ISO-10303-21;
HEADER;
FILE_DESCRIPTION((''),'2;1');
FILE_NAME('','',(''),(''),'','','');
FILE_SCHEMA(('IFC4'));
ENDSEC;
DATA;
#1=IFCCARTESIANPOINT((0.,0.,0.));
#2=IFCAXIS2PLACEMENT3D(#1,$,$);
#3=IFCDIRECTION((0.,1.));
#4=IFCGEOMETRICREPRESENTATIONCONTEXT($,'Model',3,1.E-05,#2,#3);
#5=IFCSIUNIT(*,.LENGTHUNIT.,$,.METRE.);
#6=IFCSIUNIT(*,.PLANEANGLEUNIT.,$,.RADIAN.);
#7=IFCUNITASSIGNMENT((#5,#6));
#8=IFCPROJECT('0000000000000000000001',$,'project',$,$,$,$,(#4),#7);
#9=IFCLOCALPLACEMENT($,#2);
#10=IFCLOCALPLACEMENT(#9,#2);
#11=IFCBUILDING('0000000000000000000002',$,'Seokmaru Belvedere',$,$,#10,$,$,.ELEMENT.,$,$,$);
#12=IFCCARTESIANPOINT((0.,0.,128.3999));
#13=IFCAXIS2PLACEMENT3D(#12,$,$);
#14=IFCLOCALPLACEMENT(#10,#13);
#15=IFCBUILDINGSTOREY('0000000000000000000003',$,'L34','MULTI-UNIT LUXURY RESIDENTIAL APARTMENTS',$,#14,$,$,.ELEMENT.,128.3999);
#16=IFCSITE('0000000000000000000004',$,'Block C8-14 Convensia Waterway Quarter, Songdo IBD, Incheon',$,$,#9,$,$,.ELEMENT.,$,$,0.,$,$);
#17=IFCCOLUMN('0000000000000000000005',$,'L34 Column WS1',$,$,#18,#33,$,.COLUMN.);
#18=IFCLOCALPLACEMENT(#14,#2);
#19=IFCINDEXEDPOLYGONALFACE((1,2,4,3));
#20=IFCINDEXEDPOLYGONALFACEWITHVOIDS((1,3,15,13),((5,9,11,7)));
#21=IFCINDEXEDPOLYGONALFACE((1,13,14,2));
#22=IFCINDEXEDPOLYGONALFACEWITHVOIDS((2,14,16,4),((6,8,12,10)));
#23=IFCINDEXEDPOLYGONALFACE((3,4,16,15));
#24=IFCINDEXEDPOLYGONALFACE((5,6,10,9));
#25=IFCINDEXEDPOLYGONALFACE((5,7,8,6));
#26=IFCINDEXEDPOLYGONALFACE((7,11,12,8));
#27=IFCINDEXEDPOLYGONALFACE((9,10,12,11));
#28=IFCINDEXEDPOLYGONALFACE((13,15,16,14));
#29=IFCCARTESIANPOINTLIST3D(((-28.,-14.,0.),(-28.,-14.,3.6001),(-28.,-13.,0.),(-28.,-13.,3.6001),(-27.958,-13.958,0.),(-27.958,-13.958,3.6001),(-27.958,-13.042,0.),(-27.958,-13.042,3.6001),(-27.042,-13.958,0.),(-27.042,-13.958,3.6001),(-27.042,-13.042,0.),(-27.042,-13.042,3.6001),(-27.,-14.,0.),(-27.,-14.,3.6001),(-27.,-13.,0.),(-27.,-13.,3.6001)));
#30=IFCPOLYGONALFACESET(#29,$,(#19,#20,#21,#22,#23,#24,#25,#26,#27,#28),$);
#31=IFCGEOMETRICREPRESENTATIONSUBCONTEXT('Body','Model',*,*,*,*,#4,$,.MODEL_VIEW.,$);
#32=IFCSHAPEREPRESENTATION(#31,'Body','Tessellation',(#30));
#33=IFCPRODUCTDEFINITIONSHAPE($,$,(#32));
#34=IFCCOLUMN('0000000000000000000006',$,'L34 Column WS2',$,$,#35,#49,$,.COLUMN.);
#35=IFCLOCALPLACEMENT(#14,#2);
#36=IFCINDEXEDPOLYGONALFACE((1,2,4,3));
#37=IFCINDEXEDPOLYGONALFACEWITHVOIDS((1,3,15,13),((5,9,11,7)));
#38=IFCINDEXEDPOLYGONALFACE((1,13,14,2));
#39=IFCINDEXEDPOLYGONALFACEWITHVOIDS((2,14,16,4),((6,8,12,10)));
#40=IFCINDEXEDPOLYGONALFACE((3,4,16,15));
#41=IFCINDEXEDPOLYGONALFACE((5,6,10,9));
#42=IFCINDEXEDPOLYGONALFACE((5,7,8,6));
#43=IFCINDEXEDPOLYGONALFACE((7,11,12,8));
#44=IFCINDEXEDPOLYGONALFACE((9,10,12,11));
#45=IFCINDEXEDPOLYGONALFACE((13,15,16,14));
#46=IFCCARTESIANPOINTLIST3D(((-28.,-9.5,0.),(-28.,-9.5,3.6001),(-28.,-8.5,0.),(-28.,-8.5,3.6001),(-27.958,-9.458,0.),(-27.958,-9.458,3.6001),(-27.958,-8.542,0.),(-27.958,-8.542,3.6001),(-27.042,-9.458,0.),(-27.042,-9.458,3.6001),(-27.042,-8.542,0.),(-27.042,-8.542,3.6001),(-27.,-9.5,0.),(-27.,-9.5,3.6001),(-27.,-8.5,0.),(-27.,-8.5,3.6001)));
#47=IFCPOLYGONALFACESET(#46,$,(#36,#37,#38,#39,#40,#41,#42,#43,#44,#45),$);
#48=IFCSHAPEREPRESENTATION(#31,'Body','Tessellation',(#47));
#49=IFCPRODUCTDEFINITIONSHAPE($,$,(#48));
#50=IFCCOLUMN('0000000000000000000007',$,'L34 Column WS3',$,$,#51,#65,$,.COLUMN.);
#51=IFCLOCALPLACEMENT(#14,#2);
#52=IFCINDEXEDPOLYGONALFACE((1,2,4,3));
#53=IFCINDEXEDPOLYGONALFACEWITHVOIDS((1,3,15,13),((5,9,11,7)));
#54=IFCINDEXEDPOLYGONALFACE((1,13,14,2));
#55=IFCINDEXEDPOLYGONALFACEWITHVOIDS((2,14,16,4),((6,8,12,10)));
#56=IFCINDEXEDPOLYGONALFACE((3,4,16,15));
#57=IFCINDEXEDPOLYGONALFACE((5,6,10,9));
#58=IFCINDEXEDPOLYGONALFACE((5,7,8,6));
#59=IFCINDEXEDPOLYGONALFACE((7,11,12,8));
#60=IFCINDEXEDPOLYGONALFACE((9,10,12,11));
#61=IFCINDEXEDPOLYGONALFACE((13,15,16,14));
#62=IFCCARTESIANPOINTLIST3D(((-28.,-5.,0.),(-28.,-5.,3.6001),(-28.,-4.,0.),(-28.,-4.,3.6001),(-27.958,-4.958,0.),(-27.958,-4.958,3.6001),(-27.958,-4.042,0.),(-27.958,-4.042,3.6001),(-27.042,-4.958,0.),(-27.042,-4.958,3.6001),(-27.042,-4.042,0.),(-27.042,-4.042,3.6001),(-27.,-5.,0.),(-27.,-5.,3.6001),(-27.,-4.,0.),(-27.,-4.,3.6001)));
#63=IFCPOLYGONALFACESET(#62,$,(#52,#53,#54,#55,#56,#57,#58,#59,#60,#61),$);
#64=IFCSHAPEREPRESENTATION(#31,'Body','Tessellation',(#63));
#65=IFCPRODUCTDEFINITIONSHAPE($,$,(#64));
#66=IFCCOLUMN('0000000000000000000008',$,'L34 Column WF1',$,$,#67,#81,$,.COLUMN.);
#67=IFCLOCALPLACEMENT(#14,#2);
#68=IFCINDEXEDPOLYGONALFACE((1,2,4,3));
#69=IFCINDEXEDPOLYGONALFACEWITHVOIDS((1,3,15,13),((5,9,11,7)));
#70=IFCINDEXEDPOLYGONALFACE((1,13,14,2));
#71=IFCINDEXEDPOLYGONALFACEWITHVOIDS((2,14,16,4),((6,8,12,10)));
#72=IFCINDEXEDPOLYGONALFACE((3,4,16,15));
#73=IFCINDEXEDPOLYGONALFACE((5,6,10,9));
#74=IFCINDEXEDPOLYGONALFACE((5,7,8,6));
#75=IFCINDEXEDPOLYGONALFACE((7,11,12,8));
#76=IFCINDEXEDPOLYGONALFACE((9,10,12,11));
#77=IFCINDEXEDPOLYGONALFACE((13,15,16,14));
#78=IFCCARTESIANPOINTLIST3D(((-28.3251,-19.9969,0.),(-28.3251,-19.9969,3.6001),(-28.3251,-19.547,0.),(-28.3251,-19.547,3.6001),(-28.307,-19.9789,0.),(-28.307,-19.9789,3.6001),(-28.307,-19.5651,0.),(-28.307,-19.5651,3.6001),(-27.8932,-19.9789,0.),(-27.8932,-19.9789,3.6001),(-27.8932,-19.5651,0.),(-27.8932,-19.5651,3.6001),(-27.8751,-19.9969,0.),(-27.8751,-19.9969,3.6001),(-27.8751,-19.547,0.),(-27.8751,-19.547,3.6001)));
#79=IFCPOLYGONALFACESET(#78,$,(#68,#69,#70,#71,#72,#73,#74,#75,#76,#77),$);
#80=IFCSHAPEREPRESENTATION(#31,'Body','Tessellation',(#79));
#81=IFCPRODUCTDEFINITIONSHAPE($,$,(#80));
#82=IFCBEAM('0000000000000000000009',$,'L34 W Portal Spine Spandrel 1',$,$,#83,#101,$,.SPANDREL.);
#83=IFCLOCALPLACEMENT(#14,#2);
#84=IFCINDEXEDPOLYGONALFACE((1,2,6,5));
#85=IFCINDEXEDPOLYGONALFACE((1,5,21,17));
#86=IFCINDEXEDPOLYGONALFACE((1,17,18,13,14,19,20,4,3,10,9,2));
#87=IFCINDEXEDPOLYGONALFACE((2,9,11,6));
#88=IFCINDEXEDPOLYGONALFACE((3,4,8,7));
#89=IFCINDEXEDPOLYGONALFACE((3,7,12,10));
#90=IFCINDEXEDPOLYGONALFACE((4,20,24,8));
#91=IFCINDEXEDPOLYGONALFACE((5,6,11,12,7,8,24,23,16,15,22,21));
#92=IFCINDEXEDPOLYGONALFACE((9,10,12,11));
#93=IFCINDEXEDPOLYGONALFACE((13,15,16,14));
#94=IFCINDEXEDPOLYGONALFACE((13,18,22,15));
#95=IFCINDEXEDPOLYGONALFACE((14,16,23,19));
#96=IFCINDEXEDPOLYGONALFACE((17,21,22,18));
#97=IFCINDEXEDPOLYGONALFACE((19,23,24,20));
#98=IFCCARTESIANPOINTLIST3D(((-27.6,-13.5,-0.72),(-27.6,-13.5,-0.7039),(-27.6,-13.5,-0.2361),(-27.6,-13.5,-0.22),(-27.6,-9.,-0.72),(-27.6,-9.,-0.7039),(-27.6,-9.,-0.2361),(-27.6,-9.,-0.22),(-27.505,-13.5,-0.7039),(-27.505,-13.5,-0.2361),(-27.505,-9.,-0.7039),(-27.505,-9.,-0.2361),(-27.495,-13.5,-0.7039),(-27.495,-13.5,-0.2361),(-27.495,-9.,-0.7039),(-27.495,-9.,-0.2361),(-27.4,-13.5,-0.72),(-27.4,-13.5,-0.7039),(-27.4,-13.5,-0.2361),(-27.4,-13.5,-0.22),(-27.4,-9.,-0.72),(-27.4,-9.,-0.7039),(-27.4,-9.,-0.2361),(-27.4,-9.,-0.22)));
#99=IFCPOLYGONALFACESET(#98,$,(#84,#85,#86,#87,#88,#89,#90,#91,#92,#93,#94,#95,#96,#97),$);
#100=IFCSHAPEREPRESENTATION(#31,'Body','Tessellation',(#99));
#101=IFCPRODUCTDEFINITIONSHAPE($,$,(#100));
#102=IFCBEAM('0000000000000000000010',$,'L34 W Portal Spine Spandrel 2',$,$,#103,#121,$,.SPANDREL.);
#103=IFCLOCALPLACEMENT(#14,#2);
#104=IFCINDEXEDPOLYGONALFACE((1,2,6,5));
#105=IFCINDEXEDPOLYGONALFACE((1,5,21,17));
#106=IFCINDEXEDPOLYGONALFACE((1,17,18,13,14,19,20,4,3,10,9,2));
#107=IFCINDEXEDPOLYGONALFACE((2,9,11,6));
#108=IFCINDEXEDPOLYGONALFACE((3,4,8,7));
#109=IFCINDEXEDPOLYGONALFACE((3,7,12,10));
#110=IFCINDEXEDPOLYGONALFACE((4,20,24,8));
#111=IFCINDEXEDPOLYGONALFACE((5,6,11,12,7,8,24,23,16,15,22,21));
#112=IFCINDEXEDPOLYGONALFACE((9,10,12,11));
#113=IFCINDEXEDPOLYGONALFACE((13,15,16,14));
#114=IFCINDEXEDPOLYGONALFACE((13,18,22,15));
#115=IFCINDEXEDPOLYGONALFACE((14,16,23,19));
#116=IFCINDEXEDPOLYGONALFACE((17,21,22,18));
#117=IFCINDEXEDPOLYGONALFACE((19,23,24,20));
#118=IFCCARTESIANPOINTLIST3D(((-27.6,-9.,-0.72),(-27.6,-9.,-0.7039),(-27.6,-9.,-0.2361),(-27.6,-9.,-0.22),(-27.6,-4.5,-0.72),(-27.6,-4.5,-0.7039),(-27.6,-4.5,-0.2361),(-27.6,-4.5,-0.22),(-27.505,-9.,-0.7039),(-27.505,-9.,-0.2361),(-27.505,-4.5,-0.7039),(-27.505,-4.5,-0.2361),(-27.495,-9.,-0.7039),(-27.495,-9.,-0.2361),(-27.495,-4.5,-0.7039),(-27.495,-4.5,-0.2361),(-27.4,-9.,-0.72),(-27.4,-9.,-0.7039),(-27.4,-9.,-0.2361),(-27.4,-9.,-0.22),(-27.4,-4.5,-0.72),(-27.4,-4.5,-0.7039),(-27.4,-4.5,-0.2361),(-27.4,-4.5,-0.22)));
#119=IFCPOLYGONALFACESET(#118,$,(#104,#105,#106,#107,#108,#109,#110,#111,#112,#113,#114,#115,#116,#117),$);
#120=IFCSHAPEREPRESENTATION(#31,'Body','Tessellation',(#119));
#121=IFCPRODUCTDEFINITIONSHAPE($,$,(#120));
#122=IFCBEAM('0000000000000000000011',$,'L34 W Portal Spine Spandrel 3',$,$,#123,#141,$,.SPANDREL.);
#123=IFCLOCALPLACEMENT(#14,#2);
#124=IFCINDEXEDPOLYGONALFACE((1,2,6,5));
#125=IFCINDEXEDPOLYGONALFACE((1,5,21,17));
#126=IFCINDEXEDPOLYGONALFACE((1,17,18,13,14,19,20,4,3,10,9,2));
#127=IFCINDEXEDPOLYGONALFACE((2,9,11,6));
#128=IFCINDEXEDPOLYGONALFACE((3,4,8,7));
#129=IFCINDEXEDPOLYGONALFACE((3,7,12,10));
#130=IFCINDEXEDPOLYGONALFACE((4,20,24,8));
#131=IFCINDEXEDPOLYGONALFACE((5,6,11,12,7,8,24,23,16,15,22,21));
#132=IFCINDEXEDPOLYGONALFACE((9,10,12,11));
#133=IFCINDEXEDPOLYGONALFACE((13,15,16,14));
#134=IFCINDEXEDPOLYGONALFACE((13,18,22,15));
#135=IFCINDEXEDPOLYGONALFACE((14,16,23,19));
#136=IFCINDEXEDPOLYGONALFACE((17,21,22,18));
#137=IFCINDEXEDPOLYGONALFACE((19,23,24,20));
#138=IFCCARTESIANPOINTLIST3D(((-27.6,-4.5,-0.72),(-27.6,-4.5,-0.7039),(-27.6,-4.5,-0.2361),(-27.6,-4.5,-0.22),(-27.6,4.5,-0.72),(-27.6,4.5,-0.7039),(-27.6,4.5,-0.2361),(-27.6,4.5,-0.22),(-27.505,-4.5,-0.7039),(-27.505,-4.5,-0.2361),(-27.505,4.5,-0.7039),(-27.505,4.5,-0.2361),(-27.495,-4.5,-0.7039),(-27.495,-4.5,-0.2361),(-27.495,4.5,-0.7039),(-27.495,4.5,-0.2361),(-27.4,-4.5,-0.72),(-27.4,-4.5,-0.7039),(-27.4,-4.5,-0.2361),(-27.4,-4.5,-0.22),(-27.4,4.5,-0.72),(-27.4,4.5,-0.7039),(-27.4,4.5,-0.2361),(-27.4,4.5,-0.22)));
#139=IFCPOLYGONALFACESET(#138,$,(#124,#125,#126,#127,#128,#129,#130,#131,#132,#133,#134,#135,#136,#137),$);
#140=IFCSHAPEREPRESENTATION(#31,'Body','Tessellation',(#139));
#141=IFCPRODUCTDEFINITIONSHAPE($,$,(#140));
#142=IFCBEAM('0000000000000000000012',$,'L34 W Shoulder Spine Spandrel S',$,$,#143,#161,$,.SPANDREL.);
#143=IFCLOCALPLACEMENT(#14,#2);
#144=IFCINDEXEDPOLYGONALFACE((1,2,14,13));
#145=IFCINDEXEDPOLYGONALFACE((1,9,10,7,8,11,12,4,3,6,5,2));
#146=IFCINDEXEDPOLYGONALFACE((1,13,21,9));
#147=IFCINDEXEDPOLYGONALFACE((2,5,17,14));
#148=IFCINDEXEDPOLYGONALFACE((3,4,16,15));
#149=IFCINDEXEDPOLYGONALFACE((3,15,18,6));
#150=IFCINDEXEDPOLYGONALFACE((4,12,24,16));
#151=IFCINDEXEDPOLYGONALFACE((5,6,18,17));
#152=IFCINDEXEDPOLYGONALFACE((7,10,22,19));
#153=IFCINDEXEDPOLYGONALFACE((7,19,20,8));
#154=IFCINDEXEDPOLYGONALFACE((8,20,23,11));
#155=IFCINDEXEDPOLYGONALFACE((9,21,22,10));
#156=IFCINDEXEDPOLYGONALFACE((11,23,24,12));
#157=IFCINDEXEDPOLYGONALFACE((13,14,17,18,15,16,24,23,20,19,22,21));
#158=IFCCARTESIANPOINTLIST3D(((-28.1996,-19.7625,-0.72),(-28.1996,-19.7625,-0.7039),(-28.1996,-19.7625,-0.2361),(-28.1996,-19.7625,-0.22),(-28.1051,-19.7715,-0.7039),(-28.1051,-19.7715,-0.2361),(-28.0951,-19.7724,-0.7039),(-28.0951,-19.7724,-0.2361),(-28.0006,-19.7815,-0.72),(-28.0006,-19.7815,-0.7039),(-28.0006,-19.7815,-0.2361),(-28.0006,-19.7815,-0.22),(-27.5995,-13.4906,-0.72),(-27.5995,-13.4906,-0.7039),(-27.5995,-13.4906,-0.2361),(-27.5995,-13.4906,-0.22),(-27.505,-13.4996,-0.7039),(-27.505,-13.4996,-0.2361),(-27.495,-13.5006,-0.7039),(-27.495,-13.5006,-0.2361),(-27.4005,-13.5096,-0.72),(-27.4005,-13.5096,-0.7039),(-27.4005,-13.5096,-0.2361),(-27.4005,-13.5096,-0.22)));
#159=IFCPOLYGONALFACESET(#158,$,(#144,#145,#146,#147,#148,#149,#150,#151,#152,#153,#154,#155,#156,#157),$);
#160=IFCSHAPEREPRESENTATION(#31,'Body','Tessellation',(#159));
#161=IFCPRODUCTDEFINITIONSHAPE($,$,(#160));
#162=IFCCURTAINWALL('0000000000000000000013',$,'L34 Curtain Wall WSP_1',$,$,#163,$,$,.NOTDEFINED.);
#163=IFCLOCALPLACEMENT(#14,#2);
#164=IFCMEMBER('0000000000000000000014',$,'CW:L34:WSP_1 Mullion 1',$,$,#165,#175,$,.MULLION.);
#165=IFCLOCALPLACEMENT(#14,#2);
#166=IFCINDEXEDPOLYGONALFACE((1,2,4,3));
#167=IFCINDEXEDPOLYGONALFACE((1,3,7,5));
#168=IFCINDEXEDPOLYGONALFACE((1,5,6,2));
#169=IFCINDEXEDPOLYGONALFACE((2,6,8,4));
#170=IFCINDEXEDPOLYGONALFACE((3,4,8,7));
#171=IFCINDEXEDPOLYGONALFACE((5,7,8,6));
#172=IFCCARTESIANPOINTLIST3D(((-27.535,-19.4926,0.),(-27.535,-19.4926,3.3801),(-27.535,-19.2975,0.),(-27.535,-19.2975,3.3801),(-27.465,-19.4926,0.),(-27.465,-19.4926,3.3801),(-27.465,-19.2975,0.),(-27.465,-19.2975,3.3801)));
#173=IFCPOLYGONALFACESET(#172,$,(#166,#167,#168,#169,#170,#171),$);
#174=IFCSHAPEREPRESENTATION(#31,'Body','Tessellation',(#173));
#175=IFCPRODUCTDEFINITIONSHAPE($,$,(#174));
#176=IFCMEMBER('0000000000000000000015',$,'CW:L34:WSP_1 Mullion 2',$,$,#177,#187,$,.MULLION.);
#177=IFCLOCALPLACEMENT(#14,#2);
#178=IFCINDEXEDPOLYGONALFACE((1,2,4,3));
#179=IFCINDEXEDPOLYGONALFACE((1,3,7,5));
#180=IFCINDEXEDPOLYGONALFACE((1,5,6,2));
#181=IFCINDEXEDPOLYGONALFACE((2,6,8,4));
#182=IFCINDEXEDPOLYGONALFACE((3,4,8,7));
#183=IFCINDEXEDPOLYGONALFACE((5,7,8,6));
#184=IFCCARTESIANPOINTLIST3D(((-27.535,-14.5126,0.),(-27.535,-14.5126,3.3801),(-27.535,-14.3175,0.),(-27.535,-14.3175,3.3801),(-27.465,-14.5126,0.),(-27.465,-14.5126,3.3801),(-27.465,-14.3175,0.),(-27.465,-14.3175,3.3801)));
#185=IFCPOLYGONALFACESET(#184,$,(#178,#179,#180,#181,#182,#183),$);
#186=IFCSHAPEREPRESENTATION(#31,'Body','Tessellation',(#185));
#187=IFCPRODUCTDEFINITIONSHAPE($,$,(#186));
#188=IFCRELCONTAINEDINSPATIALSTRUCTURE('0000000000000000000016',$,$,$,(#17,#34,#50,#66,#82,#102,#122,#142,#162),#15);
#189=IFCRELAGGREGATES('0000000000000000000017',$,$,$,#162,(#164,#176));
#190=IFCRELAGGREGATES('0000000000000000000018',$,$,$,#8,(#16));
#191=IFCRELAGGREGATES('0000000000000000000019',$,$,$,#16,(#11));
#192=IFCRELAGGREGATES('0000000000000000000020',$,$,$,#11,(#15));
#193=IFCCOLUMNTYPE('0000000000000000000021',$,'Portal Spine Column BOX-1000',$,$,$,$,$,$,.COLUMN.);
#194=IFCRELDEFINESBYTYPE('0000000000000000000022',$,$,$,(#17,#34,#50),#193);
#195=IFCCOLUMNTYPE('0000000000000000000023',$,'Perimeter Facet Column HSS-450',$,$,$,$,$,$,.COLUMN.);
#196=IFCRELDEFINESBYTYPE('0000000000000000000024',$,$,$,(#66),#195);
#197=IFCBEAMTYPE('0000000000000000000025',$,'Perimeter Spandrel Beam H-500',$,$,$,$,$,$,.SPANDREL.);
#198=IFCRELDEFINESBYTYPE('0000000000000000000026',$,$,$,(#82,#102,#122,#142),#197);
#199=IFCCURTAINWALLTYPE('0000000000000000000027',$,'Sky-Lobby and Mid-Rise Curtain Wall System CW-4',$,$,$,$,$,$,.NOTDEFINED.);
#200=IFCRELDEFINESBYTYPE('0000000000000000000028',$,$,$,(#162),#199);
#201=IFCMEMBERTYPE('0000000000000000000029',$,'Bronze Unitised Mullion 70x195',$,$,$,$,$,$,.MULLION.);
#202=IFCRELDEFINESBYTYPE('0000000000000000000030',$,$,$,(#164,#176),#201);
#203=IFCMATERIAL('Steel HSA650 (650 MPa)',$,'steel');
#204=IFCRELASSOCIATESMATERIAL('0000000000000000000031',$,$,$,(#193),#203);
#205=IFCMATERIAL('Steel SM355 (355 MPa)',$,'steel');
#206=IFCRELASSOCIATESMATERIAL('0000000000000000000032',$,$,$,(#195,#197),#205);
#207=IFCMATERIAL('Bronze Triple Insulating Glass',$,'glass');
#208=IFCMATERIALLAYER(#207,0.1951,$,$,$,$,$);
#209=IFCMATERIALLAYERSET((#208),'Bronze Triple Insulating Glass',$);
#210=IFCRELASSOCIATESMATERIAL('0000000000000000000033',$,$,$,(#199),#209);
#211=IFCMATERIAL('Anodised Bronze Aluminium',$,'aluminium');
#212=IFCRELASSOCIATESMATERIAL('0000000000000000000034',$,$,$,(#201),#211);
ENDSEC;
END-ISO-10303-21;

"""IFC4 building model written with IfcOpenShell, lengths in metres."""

from ifc_helpers import new_model, si_unit, direction, frame, origin, origin_2d, place, context, subcontext, project, spatial, rectangle, hollow_rectangle, i_section, extrude, source, transform, mapped, material, layer, layer_set, material_profile, profile_set, type_object, type_shapes, element, aggregate, save


model = new_model("IFC4")

# Units and contexts
model_context = context("Model", 3, precision=1e-05, world=origin(), true_north=direction((0.0, 1.0)))
body_context = subcontext(model_context, "Body", "Model", "MODEL_VIEW")
ifc_project = project(units=[si_unit("LENGTHUNIT", "METRE"), si_unit("PLANEANGLEUNIT", "RADIAN")], contexts=[model_context])

# Site, building, storey
site_placement = place(None, origin())
site = spatial("IfcSite", under=ifc_project, at=site_placement, Name="Block C8-14 Convensia Waterway Quarter, Songdo IBD, Incheon", CompositionType="ELEMENT", RefElevation=0.0)
building_placement = place(site_placement, origin())
building = spatial("IfcBuilding", under=site, at=building_placement, Name="Seokmaru Belvedere", CompositionType="ELEMENT")
storey_placement = place(building_placement, frame((0.0, 0.0, 128.3999)))
storey = spatial("IfcBuildingStorey", under=building, at=storey_placement, Name="L34", Description="MULTI-UNIT LUXURY RESIDENTIAL APARTMENTS", CompositionType="ELEMENT", Elevation=128.3999)

# Columns
ifc_material_1 = material(Name="Steel HSA650 (650 MPa)", Category="steel")
ifc_material_profile_1 = material_profile(ifc_material_1, hollow_rectangle(XDim=1.0, YDim=1.0, WallThickness=0.042, at=origin_2d()), Name="BOX-1000x1000x42")
ifc_profile_set_1 = profile_set([ifc_material_profile_1], Name="Steel HSA650 (650 MPa)")
column_type_1 = type_object("IfcColumnType", Name="Portal Spine Column BOX-1000", PredefinedType="COLUMN", material=ifc_profile_set_1)
shared_shape_1 = source(origin(), body_context, "Body", "SweptSolid", [
    extrude(hollow_rectangle(XDim=1.0, YDim=1.0, WallThickness=0.042, at=origin_2d()), origin(), (0.0, 0.0, 1.0), 3.6001),
])
type_shapes(column_type_1, [shared_shape_1])
for number, where, z_axis, x_axis, name in (
    (1, (-27.5, -13.5, 0.0), (0.0, 0.0, 1.0), (1.0, 0.0, 0.0), "L34 Column WS1"),
    (2, (-27.5, -9.0, 0.0), (0.0, 0.0, 1.0), (1.0, 0.0, 0.0), "L34 Column WS2"),
    (3, (-27.5, -4.5, 0.0), (0.0, 0.0, 1.0), (1.0, 0.0, 0.0), "L34 Column WS3"),
):
    element("IfcColumn", number, at=place(storey_placement, frame(where, z_axis=z_axis, x_axis=x_axis)), inside=storey, type_object=column_type_1, Name=name, PredefinedType="COLUMN", context=body_context, shape_type="MappedRepresentation", body=[
        mapped(shared_shape_1, transform((0.0, 0.0, 0.0), scale=1.0)),
    ])
ifc_material_2 = material(Name="Steel SM355 (355 MPa)", Category="steel")
ifc_material_profile_2 = material_profile(ifc_material_2, hollow_rectangle(XDim=0.45, YDim=0.45, WallThickness=0.0181, at=origin_2d()), Name="HSS-450x450x18")
ifc_profile_set_2 = profile_set([ifc_material_profile_2], Name="Steel SM355 (355 MPa)")
column_type_2 = type_object("IfcColumnType", Name="Perimeter Facet Column HSS-450", PredefinedType="COLUMN", material=ifc_profile_set_2)
shared_shape_2 = source(origin(), body_context, "Body", "SweptSolid", [
    extrude(hollow_rectangle(XDim=0.45, YDim=0.45, WallThickness=0.0181, at=origin_2d()), origin(), (0.0, 0.0, 1.0), 3.6001),
])
type_shapes(column_type_2, [shared_shape_2])
column_placement = place(storey_placement, frame((-28.1001, -19.772, 0.0), z_axis=(0.0, 0.0, 1.0), x_axis=(1.0, 0.0, 0.0)))
element("IfcColumn", 4, at=column_placement, inside=storey, type_object=column_type_2, Name="L34 Column WF1", PredefinedType="COLUMN", context=body_context, shape_type="MappedRepresentation", body=[
    mapped(shared_shape_2, transform((0.0, 0.0, 0.0), scale=1.0)),
])

# Beams
ifc_material_profile_3 = material_profile(ifc_material_2, i_section(OverallWidth=0.2, OverallDepth=0.5, WebThickness=0.01, FlangeThickness=0.0161, at=origin_2d()), Name="H-500x200x10x16")
ifc_profile_set_3 = profile_set([ifc_material_profile_3], Name="Steel SM355 (355 MPa)")
beam_type = type_object("IfcBeamType", Name="Perimeter Spandrel Beam H-500", PredefinedType="SPANDREL", material=ifc_profile_set_3)
shared_shape_3 = source(origin(), body_context, "Body", "SweptSolid", [
    extrude(i_section(OverallWidth=0.2, OverallDepth=0.5, WebThickness=0.01, FlangeThickness=0.0161, at=origin_2d()), origin(), (0.0, 0.0, 1.0), 4.5),
])
for number, where, z_axis, x_axis, name in (
    (5, (-27.5, -13.5, -0.47), (0.0, 1.0, 0.0), (-1.0, 0.0, 0.0), "L34 W Portal Spine Spandrel 1"),
    (6, (-27.5, -9.0, -0.47), (0.0, 1.0, 0.0), (-1.0, 0.0, 0.0), "L34 W Portal Spine Spandrel 2"),
):
    element("IfcBeam", number, at=place(storey_placement, frame(where, z_axis=z_axis, x_axis=x_axis)), inside=storey, type_object=beam_type, Name=name, PredefinedType="SPANDREL", context=body_context, shape_type="MappedRepresentation", body=[
        mapped(shared_shape_3, transform((0.0, 0.0, 0.0), scale=1.0)),
    ])
shared_shape_4 = source(origin(), body_context, "Body", "SweptSolid", [
    extrude(i_section(OverallWidth=0.2, OverallDepth=0.5, WebThickness=0.01, FlangeThickness=0.0161, at=origin_2d()), origin(), (0.0, 0.0, 1.0), 9.0),
])
beam_1_placement = place(storey_placement, frame((-27.5, -4.5, -0.47), z_axis=(0.0, 1.0, 0.0), x_axis=(-1.0, 0.0, 0.0)))
element("IfcBeam", 7, at=beam_1_placement, inside=storey, type_object=beam_type, Name="L34 W Portal Spine Spandrel 3", PredefinedType="SPANDREL", context=body_context, shape_type="MappedRepresentation", body=[
    mapped(shared_shape_4, transform((0.0, 0.0, 0.0), scale=1.0)),
])
shared_shape_5 = source(origin(), body_context, "Body", "SweptSolid", [
    extrude(i_section(OverallWidth=0.2, OverallDepth=0.5, WebThickness=0.01, FlangeThickness=0.0161, at=origin_2d()), origin(), (0.0, 0.0, 1.0), 6.3005),
])
type_shapes(beam_type, [shared_shape_3, shared_shape_4, shared_shape_5])
beam_2_placement = place(storey_placement, frame((-28.1001, -19.772, -0.47), z_axis=(0.095244, 0.995454, 0.0), x_axis=(-0.995454, 0.095244, 0.0)))
element("IfcBeam", 8, at=beam_2_placement, inside=storey, type_object=beam_type, Name="L34 W Shoulder Spine Spandrel S", PredefinedType="SPANDREL", context=body_context, shape_type="MappedRepresentation", body=[
    mapped(shared_shape_5, transform((0.0, 0.0, 0.0), scale=1.0)),
])

# Curtain wall, members
ifc_material_3 = material(Name="Bronze Triple Insulating Glass", Category="glass")
ifc_layer_1 = layer(ifc_material_3, 0.1951)
ifc_layer_set_1 = layer_set([ifc_layer_1], Name="Bronze Triple Insulating Glass")
curtain_wall_type = type_object("IfcCurtainWallType", Name="Sky-Lobby and Mid-Rise Curtain Wall System CW-4", PredefinedType="NOTDEFINED", material=ifc_layer_set_1)
curtain_wall_1_placement = place(storey_placement, origin())
curtain_wall_1 = element("IfcCurtainWall", 9, at=curtain_wall_1_placement, inside=storey, type_object=curtain_wall_type, Name="L34 Curtain Wall WSP_1", PredefinedType="NOTDEFINED")
ifc_material_4 = material(Name="Anodised Bronze Aluminium", Category="aluminium")
ifc_material_profile_4 = material_profile(ifc_material_4, rectangle(XDim=0.0701, YDim=0.1951, at=origin_2d()), Name="CW-M-70x195")
ifc_profile_set_4 = profile_set([ifc_material_profile_4], Name="Anodised Bronze Aluminium")
member_type_1 = type_object("IfcMemberType", Name="Bronze Unitised Mullion 70x195", PredefinedType="MULLION", material=ifc_profile_set_4)
shared_shape_6 = source(origin(), body_context, "Body", "SweptSolid", [
    extrude(rectangle(XDim=0.0701, YDim=0.1951, at=origin_2d()), origin(), (0.0, 0.0, 1.0), 3.3801),
])
type_shapes(member_type_1, [shared_shape_6])
member_1_placement = place(storey_placement, frame((-27.5, -19.395, 0.0), z_axis=(0.0, 0.0, 1.0), x_axis=(-1.0, 0.0, 0.0)))
member_1 = element("IfcMember", 10, at=member_1_placement, type_object=member_type_1, Name="CW:L34:WSP_1 Mullion 1", PredefinedType="MULLION", context=body_context, shape_type="MappedRepresentation", body=[
    mapped(shared_shape_6, transform((0.0, 0.0, 0.0), scale=1.0)),
])
member_2_placement = place(storey_placement, frame((-27.5, -14.415, 0.0), z_axis=(0.0, 0.0, 1.0), x_axis=(-1.0, 0.0, 0.0)))
member_2 = element("IfcMember", 11, at=member_2_placement, type_object=member_type_1, Name="CW:L34:WSP_1 Mullion 2", PredefinedType="MULLION", context=body_context, shape_type="MappedRepresentation", body=[
    mapped(shared_shape_6, transform((0.0, 0.0, 0.0), scale=1.0)),
])

aggregate(curtain_wall_1, [member_1, member_2])

save(model, "model.ifc")
